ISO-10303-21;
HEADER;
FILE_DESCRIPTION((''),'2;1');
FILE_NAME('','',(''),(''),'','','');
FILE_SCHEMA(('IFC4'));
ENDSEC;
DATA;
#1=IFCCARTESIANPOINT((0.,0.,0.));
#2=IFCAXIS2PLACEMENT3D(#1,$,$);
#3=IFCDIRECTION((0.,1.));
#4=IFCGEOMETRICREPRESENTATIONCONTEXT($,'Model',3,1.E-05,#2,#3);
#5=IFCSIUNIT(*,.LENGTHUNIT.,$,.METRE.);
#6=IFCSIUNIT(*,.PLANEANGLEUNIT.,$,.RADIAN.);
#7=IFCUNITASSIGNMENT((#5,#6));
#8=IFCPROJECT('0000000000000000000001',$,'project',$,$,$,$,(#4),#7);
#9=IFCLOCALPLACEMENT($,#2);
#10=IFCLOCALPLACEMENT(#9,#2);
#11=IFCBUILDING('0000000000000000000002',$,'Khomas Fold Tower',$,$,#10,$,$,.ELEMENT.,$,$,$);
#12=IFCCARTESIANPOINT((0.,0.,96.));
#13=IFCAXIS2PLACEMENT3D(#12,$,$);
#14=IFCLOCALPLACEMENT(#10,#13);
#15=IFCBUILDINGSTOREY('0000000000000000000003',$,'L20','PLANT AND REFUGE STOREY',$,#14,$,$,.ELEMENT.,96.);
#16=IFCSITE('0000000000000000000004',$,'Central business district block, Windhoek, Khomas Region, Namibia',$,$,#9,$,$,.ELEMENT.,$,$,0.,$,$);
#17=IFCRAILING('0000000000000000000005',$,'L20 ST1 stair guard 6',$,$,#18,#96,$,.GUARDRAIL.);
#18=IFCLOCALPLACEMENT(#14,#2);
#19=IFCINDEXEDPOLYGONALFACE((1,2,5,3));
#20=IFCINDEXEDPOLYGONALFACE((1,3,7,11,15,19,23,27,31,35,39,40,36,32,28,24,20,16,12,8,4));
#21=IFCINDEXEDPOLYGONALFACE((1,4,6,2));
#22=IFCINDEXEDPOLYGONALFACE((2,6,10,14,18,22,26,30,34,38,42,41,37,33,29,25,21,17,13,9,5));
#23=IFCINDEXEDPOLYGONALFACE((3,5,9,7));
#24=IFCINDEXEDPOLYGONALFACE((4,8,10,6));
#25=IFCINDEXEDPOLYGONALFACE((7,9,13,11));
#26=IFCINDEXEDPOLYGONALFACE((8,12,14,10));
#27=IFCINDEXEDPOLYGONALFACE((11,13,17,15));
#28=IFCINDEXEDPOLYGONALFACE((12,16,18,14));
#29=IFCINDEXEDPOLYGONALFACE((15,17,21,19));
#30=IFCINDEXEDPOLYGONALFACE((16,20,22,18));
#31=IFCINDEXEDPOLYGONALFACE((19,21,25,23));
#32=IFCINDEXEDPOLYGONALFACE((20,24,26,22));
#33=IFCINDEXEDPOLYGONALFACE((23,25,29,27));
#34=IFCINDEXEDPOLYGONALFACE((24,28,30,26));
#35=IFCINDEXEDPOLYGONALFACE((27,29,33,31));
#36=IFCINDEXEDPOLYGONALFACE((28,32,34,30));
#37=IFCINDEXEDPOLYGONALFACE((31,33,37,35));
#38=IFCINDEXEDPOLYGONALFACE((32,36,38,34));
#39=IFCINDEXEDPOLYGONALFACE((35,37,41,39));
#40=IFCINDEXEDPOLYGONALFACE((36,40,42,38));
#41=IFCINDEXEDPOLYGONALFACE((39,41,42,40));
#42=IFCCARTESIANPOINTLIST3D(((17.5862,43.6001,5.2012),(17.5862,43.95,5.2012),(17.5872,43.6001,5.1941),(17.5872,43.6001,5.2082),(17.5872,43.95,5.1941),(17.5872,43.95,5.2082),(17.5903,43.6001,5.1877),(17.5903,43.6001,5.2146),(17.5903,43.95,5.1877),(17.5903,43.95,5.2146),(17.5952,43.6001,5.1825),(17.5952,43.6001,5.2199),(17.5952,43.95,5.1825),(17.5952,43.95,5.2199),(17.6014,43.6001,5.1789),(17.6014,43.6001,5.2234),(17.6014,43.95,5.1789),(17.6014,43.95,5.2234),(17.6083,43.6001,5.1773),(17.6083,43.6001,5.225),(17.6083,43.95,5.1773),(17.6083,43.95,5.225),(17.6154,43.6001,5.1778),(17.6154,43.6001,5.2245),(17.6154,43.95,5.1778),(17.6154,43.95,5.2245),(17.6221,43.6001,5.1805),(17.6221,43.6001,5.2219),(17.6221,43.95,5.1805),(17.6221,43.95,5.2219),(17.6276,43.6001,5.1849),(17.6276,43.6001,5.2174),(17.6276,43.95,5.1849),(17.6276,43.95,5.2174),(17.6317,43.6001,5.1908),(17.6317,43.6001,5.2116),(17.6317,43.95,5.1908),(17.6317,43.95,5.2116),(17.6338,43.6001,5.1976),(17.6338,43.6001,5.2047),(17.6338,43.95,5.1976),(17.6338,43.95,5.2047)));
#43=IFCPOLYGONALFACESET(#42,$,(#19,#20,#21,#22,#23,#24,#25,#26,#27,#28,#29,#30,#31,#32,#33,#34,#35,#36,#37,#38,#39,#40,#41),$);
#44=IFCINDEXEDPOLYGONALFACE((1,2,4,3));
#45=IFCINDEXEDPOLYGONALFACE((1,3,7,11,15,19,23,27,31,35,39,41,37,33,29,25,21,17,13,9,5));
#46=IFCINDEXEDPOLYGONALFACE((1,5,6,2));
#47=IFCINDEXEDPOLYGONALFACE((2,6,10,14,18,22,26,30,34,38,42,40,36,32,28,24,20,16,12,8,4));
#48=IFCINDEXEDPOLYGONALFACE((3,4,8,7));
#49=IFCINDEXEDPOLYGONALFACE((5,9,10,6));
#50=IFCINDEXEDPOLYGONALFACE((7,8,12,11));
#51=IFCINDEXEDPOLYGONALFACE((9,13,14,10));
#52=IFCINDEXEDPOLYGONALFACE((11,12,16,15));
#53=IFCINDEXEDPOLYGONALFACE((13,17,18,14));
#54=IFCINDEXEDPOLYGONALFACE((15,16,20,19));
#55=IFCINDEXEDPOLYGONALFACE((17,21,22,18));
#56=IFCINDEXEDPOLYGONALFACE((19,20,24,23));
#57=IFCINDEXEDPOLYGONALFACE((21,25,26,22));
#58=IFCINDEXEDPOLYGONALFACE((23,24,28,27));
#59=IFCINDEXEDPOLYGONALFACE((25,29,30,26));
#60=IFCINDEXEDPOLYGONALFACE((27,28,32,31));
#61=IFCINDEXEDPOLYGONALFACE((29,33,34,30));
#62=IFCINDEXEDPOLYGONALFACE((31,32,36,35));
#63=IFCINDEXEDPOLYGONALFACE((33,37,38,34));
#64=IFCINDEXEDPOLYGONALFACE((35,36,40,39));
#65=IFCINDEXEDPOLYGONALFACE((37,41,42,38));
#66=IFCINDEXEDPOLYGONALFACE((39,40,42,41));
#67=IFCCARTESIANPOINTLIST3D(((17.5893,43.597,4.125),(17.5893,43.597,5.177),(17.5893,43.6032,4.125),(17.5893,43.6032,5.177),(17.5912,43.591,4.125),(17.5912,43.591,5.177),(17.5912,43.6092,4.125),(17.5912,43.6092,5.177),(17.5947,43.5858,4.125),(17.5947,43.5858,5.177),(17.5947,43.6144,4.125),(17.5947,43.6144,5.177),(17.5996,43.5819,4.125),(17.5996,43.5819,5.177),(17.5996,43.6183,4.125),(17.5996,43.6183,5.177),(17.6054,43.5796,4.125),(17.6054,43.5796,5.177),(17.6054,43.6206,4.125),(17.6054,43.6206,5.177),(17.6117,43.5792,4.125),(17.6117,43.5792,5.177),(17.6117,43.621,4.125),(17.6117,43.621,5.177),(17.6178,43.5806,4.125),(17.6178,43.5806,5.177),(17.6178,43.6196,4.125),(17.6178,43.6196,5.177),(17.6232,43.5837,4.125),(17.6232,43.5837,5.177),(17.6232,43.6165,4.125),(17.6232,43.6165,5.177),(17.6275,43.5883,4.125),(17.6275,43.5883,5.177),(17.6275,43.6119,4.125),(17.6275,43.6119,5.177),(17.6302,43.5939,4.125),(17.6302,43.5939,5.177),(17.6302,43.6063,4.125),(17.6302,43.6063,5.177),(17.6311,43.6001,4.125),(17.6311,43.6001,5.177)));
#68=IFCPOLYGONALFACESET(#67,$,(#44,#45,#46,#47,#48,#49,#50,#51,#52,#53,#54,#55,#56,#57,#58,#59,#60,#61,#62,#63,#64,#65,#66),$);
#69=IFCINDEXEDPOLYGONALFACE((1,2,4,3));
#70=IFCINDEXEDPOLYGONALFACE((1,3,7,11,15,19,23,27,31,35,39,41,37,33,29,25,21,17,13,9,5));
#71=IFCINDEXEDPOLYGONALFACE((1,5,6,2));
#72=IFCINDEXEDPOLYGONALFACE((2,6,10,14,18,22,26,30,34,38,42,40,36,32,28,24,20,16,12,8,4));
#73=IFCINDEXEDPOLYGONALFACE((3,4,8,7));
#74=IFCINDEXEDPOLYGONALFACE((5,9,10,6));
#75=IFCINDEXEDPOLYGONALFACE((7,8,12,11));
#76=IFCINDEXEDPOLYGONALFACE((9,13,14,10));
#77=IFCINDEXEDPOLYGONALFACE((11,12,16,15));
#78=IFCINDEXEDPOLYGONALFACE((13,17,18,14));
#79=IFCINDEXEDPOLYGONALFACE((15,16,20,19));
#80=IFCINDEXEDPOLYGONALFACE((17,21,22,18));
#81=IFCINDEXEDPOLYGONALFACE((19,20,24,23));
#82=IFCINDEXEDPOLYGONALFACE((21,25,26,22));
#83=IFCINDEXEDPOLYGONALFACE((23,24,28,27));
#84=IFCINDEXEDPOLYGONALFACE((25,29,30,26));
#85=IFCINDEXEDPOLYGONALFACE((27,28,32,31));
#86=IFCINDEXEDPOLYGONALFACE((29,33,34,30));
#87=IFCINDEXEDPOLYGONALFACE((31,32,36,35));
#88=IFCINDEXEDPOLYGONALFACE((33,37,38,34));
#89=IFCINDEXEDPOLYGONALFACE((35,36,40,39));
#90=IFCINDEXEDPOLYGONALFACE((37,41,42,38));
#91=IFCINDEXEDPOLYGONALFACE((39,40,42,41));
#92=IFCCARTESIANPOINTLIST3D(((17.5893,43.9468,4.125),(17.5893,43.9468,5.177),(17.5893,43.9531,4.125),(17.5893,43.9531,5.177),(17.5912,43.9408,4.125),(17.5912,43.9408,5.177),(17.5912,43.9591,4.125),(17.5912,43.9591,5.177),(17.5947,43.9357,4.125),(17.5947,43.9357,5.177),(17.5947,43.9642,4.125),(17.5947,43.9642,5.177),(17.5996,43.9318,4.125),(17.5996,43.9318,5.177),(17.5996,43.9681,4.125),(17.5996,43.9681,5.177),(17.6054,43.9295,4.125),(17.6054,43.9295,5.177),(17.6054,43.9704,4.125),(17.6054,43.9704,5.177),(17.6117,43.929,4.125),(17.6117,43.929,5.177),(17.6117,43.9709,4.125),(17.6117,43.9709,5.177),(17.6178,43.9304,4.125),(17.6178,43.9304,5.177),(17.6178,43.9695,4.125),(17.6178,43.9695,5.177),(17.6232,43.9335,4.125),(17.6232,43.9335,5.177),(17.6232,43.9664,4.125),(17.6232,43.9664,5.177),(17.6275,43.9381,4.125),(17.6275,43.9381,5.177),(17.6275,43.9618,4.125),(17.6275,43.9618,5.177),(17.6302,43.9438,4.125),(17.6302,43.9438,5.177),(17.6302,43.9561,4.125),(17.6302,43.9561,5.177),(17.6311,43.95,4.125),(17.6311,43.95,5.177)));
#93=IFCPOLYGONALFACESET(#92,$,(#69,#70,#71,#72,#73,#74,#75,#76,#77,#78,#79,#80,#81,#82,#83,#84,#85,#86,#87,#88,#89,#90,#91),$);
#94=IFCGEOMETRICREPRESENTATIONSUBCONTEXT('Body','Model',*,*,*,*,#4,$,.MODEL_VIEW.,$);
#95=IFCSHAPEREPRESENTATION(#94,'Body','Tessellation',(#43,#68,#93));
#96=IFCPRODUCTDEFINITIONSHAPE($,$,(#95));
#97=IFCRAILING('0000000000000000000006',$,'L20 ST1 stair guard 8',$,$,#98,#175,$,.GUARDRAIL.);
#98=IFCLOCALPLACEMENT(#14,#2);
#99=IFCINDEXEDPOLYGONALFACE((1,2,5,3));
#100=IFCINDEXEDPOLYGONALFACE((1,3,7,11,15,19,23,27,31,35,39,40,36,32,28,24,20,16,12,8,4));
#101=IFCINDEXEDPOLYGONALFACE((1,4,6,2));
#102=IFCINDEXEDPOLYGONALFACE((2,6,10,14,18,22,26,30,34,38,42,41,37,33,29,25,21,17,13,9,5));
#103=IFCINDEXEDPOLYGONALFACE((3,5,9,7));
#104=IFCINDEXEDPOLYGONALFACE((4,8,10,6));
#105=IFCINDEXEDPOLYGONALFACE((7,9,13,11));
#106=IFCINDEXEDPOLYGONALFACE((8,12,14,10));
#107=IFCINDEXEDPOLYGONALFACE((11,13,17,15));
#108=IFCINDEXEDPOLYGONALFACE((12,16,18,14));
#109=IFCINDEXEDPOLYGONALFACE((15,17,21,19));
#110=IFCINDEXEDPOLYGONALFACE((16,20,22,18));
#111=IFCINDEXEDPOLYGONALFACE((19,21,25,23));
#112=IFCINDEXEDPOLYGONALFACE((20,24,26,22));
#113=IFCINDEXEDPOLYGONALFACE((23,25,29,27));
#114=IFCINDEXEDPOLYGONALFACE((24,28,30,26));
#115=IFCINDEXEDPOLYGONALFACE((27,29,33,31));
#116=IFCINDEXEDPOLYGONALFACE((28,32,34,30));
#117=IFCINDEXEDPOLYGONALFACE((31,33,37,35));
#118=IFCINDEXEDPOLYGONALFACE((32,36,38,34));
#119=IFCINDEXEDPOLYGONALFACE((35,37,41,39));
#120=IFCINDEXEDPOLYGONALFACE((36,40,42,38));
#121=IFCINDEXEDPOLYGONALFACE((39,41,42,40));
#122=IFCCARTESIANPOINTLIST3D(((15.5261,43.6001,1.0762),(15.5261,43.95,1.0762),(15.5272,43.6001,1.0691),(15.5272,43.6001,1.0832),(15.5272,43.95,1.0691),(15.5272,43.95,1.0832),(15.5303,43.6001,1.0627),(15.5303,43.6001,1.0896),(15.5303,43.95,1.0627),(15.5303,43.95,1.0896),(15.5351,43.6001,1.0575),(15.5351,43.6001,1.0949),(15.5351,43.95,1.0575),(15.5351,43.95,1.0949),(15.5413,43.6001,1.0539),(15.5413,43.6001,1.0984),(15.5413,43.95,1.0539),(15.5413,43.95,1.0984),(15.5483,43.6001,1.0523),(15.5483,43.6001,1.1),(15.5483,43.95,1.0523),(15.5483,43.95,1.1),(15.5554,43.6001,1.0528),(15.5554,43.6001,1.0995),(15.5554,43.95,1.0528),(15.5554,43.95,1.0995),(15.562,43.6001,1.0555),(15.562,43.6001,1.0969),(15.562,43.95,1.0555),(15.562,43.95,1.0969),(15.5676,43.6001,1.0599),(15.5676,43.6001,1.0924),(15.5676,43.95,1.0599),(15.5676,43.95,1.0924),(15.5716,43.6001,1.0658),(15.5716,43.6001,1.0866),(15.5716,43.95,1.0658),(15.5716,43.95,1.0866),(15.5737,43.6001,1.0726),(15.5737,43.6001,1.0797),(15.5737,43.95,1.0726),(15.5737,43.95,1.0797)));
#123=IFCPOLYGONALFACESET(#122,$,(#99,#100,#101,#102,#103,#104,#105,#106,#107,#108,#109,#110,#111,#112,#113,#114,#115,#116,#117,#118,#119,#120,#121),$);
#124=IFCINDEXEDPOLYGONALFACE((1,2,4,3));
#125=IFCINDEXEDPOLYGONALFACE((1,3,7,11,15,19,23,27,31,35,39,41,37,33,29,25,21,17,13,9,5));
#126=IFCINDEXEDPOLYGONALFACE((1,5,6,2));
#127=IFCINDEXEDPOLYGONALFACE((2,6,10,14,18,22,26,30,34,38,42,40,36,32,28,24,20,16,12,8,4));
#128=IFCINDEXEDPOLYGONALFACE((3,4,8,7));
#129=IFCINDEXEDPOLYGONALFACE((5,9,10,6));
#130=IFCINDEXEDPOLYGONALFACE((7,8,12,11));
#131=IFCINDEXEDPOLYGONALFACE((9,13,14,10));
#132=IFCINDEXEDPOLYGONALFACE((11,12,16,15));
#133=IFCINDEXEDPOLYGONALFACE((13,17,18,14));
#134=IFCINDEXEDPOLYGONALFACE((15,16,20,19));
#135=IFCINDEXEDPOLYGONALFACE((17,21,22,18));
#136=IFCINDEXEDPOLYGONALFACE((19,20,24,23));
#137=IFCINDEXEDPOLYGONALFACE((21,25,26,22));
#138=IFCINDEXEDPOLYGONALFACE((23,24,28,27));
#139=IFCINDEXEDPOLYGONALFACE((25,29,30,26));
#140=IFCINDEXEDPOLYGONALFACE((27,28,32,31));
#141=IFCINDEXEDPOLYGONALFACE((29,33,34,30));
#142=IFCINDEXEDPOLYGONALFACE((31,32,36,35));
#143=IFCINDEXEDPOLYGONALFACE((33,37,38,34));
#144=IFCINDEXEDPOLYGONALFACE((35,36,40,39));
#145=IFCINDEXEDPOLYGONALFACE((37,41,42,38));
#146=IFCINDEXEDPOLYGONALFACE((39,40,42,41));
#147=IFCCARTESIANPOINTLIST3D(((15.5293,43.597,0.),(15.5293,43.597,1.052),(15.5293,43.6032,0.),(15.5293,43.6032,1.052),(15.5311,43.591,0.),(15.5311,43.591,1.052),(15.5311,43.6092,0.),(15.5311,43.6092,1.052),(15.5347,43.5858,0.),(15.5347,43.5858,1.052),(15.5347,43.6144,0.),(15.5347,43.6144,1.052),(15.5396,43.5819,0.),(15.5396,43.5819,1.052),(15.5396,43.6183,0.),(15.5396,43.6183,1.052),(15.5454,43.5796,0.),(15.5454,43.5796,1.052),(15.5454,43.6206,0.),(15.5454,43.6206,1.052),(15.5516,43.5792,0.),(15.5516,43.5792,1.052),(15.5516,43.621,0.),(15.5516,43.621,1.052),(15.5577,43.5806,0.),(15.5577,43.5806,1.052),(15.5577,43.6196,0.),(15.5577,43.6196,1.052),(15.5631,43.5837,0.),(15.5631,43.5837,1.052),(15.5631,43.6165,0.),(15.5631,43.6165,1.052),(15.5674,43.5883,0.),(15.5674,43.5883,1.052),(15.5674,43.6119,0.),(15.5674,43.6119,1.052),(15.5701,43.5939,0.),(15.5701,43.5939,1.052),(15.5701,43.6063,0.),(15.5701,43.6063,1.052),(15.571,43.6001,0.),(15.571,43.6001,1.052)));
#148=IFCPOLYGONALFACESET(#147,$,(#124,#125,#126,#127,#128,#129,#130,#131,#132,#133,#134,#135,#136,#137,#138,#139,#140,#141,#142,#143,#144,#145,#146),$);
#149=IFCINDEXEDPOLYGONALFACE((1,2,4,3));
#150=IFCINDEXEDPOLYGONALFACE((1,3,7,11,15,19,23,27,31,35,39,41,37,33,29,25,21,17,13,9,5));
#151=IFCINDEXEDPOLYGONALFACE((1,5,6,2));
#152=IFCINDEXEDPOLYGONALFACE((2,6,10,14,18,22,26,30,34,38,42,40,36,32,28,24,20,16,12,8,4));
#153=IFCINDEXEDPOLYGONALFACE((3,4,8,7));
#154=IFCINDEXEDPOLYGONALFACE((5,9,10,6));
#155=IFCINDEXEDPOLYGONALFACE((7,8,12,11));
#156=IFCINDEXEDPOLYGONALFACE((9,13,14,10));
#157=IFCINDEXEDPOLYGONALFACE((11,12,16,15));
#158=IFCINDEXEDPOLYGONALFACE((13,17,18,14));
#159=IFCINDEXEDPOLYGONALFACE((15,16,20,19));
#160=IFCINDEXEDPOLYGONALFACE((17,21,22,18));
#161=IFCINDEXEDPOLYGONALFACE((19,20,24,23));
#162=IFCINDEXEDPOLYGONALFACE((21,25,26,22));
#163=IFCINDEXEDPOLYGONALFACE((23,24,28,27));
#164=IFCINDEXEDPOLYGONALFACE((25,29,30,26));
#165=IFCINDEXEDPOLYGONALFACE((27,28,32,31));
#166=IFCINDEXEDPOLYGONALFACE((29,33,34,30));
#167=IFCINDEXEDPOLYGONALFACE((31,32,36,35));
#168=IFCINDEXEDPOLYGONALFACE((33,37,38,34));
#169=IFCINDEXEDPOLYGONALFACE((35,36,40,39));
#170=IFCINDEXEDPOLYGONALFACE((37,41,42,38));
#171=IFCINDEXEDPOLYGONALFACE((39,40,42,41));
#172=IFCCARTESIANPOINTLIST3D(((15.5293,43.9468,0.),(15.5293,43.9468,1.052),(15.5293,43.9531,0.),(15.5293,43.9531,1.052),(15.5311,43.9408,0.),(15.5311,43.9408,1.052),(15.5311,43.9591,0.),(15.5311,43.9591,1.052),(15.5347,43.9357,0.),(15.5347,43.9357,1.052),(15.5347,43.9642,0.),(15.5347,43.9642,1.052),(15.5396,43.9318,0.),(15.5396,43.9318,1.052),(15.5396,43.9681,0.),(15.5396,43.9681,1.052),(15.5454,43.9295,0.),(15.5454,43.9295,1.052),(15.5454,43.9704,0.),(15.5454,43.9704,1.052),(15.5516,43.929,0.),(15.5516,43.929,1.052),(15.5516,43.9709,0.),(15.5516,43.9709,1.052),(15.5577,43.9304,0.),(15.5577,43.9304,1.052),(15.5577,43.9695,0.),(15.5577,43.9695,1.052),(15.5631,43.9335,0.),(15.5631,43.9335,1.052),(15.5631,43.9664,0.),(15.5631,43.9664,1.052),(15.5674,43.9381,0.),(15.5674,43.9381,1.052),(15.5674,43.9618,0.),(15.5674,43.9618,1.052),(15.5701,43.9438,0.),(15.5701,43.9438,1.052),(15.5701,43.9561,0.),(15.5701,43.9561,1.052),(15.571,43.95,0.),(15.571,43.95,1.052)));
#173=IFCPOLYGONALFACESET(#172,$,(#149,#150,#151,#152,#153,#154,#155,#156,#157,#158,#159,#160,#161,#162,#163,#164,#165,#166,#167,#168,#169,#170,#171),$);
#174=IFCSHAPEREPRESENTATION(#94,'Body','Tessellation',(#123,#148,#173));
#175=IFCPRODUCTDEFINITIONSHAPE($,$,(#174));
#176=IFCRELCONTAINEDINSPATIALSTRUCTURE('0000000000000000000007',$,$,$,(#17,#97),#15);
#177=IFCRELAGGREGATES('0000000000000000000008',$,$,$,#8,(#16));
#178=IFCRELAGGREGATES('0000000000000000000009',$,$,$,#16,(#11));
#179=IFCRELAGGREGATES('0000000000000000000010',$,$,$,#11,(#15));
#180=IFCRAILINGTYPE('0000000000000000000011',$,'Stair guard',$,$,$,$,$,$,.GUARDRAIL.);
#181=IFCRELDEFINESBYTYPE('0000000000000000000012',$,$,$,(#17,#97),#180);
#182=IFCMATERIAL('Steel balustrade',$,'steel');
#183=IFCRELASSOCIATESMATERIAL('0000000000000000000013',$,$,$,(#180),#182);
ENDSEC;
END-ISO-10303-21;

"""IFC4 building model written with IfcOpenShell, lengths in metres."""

from ifc_helpers import new_model, si_unit, direction, frame, origin, origin_2d, place, context, subcontext, project, spatial, circle, extrude, source, transform, mapped, material, type_object, element, save


model = new_model("IFC4")

# Units and contexts
model_context = context("Model", 3, precision=1e-05, world=origin(), true_north=direction((0.0, 1.0)))
body_context = subcontext(model_context, "Body", "Model", "MODEL_VIEW")
ifc_project = project(units=[si_unit("LENGTHUNIT", "METRE"), si_unit("PLANEANGLEUNIT", "RADIAN")], contexts=[model_context])

# Site, building, storey
site_placement = place(None, origin())
site = spatial("IfcSite", under=ifc_project, at=site_placement, Name="Central business district block, Windhoek, Khomas Region, Namibia", CompositionType="ELEMENT", RefElevation=0.0)
building_placement = place(site_placement, origin())
building = spatial("IfcBuilding", under=site, at=building_placement, Name="Khomas Fold Tower", CompositionType="ELEMENT")
storey_placement = place(building_placement, frame((0.0, 0.0, 96.0)))
storey = spatial("IfcBuildingStorey", under=building, at=storey_placement, Name="L20", Description="PLANT AND REFUGE STOREY", CompositionType="ELEMENT", Elevation=96.0)

# Railings
ifc_material_1 = material(Name="Steel balustrade", Category="steel")
railing_type_1 = type_object("IfcRailingType", Name="Stair guard", PredefinedType="GUARDRAIL", material=ifc_material_1)
shared_shape_1 = source(origin(), body_context, "Body", "SweptSolid", [
    extrude(circle(Radius=0.0239, at=origin_2d()), frame((0.0, 0.0, 1.0762), z_axis=(0.0, 1.0, 0.0), x_axis=(-1.0, 0.0, 0.0)), (0.0, 0.0, 1.0), 0.3499),
    extrude(circle(Radius=0.021, at=origin_2d()), origin(), (0.0, 0.0, 1.0), 1.052),
    extrude(circle(Radius=0.021, at=origin_2d()), frame((0.0, 0.3499, 0.0)), (0.0, 0.0, 1.0), 1.052),
])
for number, where, name in (
    (1, (17.6101, 43.6001, 4.125), "L20 ST1 stair guard 6"),
    (2, (15.55, 43.6001, 0.0), "L20 ST1 stair guard 8"),
):
    element("IfcRailing", number, at=place(storey_placement, frame(where)), inside=storey, type_object=railing_type_1, Name=name, PredefinedType="GUARDRAIL", context=body_context, shape_type="MappedRepresentation", body=[
        mapped(shared_shape_1, transform((0.0, 0.0, 0.0))),
    ])

save(model, "model.ifc")
